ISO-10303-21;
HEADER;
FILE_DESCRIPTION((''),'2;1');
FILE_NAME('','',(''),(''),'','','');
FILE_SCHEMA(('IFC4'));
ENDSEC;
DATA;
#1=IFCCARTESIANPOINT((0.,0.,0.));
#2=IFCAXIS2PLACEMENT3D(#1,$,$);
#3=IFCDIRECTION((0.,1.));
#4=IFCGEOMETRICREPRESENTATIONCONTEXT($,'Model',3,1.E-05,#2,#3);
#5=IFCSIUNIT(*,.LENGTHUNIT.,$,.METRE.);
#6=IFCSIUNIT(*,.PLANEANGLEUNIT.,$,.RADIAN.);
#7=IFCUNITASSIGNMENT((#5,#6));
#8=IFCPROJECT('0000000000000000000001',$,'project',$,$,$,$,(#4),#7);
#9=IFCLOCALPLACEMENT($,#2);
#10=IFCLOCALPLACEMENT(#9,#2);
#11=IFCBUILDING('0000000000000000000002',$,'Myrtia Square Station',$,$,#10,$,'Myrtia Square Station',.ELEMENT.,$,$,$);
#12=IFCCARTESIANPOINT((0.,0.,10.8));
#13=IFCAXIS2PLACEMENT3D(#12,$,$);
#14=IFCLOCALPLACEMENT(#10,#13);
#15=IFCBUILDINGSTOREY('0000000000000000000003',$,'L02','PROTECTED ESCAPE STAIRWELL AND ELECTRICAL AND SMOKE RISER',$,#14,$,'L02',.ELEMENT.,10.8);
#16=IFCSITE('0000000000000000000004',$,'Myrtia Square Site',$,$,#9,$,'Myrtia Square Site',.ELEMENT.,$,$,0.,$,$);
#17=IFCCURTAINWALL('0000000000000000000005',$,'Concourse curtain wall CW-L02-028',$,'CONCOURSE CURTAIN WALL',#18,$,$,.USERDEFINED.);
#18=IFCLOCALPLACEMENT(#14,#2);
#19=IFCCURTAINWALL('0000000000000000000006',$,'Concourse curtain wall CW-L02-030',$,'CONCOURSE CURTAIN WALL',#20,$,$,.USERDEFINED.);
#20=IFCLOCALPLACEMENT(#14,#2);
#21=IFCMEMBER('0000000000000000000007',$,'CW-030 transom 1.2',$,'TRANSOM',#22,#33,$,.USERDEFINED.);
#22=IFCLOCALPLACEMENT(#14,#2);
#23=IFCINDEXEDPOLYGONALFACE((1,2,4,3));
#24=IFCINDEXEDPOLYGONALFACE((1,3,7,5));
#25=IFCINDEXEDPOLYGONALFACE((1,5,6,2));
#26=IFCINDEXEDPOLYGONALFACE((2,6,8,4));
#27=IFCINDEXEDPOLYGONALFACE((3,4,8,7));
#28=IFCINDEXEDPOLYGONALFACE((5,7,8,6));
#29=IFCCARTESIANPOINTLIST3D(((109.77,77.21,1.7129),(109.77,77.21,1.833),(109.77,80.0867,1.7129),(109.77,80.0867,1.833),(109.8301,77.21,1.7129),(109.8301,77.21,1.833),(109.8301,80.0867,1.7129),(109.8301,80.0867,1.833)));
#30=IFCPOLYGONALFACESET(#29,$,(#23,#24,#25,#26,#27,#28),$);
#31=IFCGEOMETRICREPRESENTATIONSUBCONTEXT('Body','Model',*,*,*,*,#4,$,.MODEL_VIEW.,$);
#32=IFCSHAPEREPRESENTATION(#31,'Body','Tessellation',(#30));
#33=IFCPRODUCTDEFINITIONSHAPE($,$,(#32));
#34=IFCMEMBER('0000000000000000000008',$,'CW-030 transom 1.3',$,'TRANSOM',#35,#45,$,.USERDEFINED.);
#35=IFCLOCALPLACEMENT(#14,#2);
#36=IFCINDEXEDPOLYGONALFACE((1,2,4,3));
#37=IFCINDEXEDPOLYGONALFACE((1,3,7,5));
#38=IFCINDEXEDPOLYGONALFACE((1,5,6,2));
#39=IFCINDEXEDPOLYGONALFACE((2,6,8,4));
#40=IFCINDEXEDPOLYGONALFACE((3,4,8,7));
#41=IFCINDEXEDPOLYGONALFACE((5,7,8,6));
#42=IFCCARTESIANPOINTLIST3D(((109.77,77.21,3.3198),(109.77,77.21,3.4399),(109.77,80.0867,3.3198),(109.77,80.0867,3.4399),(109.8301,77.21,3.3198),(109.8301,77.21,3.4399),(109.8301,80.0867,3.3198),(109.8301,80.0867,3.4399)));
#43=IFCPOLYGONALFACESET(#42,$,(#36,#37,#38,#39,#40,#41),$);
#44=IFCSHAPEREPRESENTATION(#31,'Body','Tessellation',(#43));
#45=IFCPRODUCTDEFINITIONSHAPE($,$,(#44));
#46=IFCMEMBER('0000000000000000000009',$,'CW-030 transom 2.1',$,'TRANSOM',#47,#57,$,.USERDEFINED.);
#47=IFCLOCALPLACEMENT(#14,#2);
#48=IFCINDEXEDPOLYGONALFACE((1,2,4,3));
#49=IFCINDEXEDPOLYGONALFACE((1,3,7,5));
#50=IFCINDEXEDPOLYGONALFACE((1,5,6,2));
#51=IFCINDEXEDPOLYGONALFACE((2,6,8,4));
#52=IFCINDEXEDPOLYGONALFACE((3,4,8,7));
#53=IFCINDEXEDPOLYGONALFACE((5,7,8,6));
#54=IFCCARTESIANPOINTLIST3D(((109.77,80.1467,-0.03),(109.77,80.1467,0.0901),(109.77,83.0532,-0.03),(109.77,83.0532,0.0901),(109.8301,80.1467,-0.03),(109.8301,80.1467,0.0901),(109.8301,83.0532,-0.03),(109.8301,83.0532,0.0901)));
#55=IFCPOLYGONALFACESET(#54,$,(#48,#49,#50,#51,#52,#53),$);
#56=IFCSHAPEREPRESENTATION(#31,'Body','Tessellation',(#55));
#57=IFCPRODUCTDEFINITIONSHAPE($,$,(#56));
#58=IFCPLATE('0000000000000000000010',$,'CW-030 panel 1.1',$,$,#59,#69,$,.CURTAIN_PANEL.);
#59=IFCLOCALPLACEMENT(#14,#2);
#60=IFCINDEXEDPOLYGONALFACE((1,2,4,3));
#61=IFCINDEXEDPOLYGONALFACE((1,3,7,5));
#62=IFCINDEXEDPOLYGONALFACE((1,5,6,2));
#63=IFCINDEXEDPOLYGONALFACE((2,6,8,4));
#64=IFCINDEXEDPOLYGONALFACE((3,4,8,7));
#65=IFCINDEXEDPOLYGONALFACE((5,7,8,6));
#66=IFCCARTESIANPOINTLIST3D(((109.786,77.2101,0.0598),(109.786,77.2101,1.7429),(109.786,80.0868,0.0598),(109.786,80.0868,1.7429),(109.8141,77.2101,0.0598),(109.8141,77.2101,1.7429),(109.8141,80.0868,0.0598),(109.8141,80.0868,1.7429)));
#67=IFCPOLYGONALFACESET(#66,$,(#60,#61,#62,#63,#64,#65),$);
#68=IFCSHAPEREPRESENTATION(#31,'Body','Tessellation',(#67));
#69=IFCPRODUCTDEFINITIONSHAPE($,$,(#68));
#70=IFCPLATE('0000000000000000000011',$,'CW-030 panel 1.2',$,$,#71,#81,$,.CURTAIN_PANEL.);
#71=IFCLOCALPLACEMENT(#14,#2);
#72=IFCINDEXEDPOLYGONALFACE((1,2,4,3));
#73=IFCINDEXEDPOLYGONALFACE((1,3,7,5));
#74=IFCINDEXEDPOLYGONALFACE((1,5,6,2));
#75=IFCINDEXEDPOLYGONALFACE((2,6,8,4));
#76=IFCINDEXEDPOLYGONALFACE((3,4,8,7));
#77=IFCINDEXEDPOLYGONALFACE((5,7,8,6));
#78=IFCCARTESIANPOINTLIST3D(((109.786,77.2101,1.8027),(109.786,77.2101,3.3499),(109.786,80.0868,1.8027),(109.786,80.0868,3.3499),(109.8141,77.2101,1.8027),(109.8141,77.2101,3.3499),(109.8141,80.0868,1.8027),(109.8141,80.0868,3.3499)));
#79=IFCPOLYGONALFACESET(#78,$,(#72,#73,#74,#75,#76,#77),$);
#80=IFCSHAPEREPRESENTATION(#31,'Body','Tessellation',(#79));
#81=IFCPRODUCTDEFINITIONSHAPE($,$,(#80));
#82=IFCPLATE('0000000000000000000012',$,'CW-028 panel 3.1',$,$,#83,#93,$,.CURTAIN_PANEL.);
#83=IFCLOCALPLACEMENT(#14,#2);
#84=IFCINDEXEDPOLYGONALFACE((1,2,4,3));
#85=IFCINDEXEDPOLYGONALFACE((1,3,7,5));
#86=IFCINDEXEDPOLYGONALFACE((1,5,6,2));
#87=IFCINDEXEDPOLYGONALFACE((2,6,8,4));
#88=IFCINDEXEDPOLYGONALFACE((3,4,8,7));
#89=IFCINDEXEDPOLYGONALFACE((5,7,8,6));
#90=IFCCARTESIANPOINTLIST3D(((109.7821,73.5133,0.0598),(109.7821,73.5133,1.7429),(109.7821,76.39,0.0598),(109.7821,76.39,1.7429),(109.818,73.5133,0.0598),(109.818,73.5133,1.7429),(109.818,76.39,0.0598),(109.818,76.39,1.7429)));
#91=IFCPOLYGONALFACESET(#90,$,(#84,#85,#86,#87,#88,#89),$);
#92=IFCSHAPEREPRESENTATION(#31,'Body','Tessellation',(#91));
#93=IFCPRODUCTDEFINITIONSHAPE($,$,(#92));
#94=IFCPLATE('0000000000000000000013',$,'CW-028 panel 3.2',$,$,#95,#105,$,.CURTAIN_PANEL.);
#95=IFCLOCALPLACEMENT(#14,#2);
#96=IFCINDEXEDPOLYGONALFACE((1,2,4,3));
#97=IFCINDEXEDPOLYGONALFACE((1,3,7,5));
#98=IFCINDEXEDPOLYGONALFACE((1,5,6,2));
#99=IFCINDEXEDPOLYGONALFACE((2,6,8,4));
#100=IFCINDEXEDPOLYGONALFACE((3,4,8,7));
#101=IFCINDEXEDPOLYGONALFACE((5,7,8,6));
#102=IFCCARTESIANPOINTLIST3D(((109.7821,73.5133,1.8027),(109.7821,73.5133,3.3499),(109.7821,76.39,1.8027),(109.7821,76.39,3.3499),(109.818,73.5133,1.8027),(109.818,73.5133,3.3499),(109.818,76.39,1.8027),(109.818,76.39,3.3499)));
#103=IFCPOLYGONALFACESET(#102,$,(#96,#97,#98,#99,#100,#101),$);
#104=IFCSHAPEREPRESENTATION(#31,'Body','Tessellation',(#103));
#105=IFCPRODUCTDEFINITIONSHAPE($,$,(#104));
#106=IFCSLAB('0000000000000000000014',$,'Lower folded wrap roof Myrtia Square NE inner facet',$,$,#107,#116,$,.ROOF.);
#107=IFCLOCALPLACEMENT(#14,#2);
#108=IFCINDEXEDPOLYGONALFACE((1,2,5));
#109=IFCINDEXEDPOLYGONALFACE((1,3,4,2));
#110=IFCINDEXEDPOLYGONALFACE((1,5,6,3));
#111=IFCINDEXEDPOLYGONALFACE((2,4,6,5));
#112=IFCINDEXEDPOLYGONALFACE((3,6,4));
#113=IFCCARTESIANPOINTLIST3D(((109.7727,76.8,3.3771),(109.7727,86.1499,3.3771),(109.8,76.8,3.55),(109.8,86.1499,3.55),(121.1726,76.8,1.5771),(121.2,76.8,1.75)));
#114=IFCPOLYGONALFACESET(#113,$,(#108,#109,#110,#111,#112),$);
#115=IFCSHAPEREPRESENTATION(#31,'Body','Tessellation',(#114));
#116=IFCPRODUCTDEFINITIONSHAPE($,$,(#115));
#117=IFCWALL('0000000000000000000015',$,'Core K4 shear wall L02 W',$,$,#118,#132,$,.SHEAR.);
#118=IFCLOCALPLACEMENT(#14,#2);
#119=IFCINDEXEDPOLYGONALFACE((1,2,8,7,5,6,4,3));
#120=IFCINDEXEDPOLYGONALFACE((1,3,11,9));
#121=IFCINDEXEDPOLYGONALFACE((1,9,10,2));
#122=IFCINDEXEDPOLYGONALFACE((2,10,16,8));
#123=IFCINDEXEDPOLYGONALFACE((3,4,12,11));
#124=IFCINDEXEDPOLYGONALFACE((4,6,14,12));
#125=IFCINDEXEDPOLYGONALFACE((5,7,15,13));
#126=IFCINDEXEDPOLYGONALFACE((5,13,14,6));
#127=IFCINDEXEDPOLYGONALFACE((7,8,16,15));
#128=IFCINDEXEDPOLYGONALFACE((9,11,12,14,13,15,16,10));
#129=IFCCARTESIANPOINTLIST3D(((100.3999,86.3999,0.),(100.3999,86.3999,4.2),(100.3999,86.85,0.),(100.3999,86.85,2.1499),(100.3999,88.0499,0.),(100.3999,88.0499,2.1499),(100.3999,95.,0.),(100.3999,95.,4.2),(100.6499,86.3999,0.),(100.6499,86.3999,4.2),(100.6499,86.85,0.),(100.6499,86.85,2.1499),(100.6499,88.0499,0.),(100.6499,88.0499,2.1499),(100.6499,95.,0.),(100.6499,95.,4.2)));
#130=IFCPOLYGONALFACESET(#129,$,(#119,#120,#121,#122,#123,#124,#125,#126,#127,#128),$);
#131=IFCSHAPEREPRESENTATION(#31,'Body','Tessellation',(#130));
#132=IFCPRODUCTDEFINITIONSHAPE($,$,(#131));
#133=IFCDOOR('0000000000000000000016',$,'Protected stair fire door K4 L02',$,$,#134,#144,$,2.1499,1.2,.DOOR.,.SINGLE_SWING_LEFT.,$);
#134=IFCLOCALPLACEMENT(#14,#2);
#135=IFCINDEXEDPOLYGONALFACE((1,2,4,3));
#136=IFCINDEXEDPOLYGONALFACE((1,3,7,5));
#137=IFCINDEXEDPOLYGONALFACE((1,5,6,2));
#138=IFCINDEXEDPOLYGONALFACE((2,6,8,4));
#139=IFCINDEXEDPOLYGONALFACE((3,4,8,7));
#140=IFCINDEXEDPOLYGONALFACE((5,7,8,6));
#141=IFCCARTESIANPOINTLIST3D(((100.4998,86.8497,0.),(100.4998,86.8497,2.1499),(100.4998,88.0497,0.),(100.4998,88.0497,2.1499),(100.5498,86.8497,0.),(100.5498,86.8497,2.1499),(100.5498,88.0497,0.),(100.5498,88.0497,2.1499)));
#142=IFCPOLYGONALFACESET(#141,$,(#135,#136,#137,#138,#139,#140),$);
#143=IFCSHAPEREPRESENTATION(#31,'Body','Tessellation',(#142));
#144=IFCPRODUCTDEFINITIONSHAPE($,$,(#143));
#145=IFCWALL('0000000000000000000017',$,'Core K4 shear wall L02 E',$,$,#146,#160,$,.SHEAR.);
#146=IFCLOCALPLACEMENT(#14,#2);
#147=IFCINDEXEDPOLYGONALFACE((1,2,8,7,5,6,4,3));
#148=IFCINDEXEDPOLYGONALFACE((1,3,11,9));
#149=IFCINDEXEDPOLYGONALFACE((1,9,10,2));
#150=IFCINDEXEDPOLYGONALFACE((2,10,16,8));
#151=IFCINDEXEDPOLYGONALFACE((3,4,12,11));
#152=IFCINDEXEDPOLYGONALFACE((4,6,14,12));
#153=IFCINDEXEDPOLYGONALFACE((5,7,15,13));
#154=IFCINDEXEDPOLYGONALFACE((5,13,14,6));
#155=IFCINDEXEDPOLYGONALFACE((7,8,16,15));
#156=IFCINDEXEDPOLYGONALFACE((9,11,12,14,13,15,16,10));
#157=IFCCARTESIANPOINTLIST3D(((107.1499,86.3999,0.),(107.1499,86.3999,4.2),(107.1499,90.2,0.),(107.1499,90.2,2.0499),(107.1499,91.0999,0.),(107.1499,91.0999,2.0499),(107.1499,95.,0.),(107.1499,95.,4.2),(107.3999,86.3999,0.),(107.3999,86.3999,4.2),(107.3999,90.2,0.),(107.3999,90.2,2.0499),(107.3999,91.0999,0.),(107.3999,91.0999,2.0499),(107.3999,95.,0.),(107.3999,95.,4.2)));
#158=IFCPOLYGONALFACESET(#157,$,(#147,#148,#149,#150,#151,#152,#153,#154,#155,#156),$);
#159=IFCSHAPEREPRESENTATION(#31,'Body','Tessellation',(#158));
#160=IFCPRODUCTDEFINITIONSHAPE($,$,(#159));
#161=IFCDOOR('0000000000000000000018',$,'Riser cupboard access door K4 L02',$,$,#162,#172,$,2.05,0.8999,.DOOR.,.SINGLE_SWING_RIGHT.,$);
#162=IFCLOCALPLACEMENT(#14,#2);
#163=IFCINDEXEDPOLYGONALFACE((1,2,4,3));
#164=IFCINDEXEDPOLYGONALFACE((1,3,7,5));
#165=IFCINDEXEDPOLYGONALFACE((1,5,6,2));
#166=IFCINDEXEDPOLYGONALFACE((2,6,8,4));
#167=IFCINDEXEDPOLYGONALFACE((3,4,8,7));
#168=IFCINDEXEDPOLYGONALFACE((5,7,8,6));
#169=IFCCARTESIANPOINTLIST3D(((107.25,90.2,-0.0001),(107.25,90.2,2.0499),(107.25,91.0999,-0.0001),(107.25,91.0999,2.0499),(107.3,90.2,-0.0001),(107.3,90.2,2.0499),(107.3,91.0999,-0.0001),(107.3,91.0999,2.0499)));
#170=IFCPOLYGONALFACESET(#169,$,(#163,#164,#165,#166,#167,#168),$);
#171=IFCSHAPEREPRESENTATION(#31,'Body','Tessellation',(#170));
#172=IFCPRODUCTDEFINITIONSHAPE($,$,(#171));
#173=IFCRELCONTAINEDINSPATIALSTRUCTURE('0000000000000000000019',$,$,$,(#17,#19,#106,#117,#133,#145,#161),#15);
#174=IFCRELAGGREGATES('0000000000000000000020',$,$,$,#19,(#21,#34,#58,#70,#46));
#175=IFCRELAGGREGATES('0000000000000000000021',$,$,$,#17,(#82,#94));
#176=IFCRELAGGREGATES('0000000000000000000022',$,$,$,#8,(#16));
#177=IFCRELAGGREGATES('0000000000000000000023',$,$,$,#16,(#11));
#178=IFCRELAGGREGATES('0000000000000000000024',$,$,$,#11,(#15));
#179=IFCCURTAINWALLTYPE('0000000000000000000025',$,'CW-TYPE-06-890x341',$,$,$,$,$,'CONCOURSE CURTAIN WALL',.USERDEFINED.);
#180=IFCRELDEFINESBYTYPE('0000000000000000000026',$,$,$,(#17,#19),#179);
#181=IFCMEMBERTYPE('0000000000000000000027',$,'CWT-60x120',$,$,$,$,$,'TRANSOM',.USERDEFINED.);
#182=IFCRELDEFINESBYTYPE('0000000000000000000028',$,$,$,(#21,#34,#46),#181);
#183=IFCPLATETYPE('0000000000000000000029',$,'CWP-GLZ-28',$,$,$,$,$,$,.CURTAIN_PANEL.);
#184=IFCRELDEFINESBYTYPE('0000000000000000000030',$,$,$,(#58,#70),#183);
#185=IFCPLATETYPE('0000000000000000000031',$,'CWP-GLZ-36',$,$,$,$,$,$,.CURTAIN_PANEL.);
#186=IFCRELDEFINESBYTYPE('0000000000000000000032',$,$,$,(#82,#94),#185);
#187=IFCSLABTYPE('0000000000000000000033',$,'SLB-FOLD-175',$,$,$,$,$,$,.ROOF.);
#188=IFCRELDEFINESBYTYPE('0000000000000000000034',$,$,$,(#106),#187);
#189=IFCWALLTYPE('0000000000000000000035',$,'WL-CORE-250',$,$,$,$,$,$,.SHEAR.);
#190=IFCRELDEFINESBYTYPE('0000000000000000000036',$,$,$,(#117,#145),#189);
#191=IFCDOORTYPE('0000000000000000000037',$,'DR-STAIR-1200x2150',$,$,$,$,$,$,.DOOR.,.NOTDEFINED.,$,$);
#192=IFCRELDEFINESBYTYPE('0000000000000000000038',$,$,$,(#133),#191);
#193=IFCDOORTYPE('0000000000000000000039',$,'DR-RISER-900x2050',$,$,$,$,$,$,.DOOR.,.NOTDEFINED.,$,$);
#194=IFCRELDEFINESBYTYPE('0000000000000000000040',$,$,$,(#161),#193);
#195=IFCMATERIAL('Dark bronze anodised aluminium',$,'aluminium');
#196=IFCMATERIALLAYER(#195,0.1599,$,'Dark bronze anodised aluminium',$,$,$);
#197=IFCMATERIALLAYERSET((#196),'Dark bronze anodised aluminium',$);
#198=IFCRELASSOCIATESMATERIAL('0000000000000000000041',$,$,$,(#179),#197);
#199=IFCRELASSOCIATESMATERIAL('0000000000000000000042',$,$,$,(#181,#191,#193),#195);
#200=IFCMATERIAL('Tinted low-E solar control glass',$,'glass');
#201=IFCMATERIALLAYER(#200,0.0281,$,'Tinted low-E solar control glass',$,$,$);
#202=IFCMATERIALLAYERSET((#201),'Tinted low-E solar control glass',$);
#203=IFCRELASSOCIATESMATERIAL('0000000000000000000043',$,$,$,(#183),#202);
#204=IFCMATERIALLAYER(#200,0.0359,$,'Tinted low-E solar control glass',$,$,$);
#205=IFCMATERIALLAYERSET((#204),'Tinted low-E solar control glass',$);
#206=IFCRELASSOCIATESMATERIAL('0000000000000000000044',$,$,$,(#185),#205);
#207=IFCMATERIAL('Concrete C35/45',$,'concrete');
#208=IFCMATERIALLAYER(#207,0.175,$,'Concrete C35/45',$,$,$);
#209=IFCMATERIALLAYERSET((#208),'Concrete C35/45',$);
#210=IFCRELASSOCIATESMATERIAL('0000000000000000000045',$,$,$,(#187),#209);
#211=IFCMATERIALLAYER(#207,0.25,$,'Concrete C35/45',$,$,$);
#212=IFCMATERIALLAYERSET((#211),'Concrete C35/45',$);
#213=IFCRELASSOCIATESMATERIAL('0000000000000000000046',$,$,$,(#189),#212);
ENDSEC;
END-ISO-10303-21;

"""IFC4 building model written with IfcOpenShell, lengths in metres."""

from ifc_helpers import new_model, si_unit, direction, frame, frame_2d, origin, origin_2d, place, context, subcontext, project, spatial, polyline, rectangle, outline, extrude, material, layer, layer_set, material_profile, profile_set, type_object, element, fill, aggregate, save


model = new_model("IFC4")

# Units and contexts
model_context = context("Model", 3, precision=1e-05, world=origin(), true_north=direction((0.0, 1.0)))
body_context = subcontext(model_context, "Body", "Model", "MODEL_VIEW")
ifc_project = project(units=[si_unit("LENGTHUNIT", "METRE"), si_unit("PLANEANGLEUNIT", "RADIAN")], contexts=[model_context])

# Site, building, storey
site_placement = place(None, origin())
site = spatial("IfcSite", under=ifc_project, at=site_placement, Name="Myrtia Square Site", LongName="Myrtia Square Site", CompositionType="ELEMENT", RefElevation=0.0)
building_placement = place(site_placement, origin())
building = spatial("IfcBuilding", under=site, at=building_placement, Name="Myrtia Square Station", LongName="Myrtia Square Station", CompositionType="ELEMENT")
storey_placement = place(building_placement, frame((0.0, 0.0, 10.8)))
storey = spatial("IfcBuildingStorey", under=building, at=storey_placement, Name="L02", Description="PROTECTED ESCAPE STAIRWELL AND ELECTRICAL AND SMOKE RISER", LongName="L02", CompositionType="ELEMENT", Elevation=10.8)

# Curtain wall
ifc_material_1 = material(Name="Dark bronze anodised aluminium", Category="aluminium")
ifc_layer_1 = layer(ifc_material_1, 0.1599, Name="Dark bronze anodised aluminium")
ifc_layer_set_1 = layer_set([ifc_layer_1], Name="Dark bronze anodised aluminium")
curtain_wall_type = type_object("IfcCurtainWallType", Name="CW-TYPE-06-890x341", ElementType="CONCOURSE CURTAIN WALL", PredefinedType="USERDEFINED", material=ifc_layer_set_1)
curtain_wall_1_placement = place(storey_placement, origin())
curtain_wall_1 = element("IfcCurtainWall", 1, at=curtain_wall_1_placement, inside=storey, type_object=curtain_wall_type, Name="Concourse curtain wall CW-L02-028", ObjectType="CONCOURSE CURTAIN WALL", PredefinedType="USERDEFINED")

# Curtain wall
curtain_wall_2_placement = place(storey_placement, origin())
curtain_wall_2 = element("IfcCurtainWall", 2, at=curtain_wall_2_placement, inside=storey, type_object=curtain_wall_type, Name="Concourse curtain wall CW-L02-030", ObjectType="CONCOURSE CURTAIN WALL", PredefinedType="USERDEFINED")

# Members
ifc_material_profile_1 = material_profile(ifc_material_1, rectangle(XDim=0.0601, YDim=0.1201, at=origin_2d()), Name="ALU-T 60x120")
ifc_profile_set_1 = profile_set([ifc_material_profile_1], Name="Dark bronze anodised aluminium")
member_type_1 = type_object("IfcMemberType", Name="CWT-60x120", ElementType="TRANSOM", PredefinedType="USERDEFINED", material=ifc_profile_set_1)
member_1_placement = place(storey_placement, frame((109.8, 77.21, 1.7729), z_axis=(0.0, 1.0, 0.0), x_axis=(-1.0, 0.0, 0.0)))
member_1 = element("IfcMember", 3, at=member_1_placement, type_object=member_type_1, Name="CW-030 transom 1.2", ObjectType="TRANSOM", PredefinedType="USERDEFINED", context=body_context, shape_type="SweptSolid", body=[
    extrude(rectangle(XDim=0.0601, YDim=0.1201, at=origin_2d()), origin(), (0.0, 0.0, 1.0), 2.8767),
])
member_2_placement = place(storey_placement, frame((109.8, 77.21, 3.3799), z_axis=(0.0, 1.0, 0.0), x_axis=(-1.0, 0.0, 0.0)))
member_2 = element("IfcMember", 4, at=member_2_placement, type_object=member_type_1, Name="CW-030 transom 1.3", ObjectType="TRANSOM", PredefinedType="USERDEFINED", context=body_context, shape_type="SweptSolid", body=[
    extrude(rectangle(XDim=0.0601, YDim=0.1201, at=origin_2d()), origin(), (0.0, 0.0, 1.0), 2.8767),
])
member_3_placement = place(storey_placement, frame((109.8, 80.1467, 0.03), z_axis=(0.0, 1.0, 0.0), x_axis=(-1.0, 0.0, 0.0)))
member_3 = element("IfcMember", 5, at=member_3_placement, type_object=member_type_1, Name="CW-030 transom 2.1", ObjectType="TRANSOM", PredefinedType="USERDEFINED", context=body_context, shape_type="SweptSolid", body=[
    extrude(rectangle(XDim=0.0601, YDim=0.1201, at=origin_2d()), origin(), (0.0, 0.0, 1.0), 2.9065),
])

# Plates
ifc_material_2 = material(Name="Tinted low-E solar control glass", Category="glass")
ifc_layer_2 = layer(ifc_material_2, 0.0281, Name="Tinted low-E solar control glass")
ifc_layer_set_2 = layer_set([ifc_layer_2], Name="Tinted low-E solar control glass")
plate_type_1 = type_object("IfcPlateType", Name="CWP-GLZ-28", PredefinedType="CURTAIN_PANEL", material=ifc_layer_set_2)
plate_1_placement = place(storey_placement, frame((109.8, 78.6484, 0.0598), z_axis=(0.0, 0.0, 1.0), x_axis=(0.0, 1.0, 0.0)))
plate_1 = element("IfcPlate", 6, at=plate_1_placement, type_object=plate_type_1, Name="CW-030 panel 1.1", PredefinedType="CURTAIN_PANEL", context=body_context, shape_type="SweptSolid", body=[
    extrude(rectangle(XDim=2.8767, YDim=0.0281, at=origin_2d()), origin(), (0.0, 0.0, 1.0), 1.6831),
])
plate_2_placement = place(storey_placement, frame((109.8, 78.6484, 1.8027), z_axis=(0.0, 0.0, 1.0), x_axis=(0.0, 1.0, 0.0)))
plate_2 = element("IfcPlate", 7, at=plate_2_placement, type_object=plate_type_1, Name="CW-030 panel 1.2", PredefinedType="CURTAIN_PANEL", context=body_context, shape_type="SweptSolid", body=[
    extrude(rectangle(XDim=2.8767, YDim=0.0281, at=origin_2d()), origin(), (0.0, 0.0, 1.0), 1.5471),
])
aggregate(curtain_wall_2, [member_1, member_2, plate_1, plate_2, member_3])
ifc_layer_3 = layer(ifc_material_2, 0.0359, Name="Tinted low-E solar control glass")
ifc_layer_set_3 = layer_set([ifc_layer_3], Name="Tinted low-E solar control glass")
plate_type_2 = type_object("IfcPlateType", Name="CWP-GLZ-36", PredefinedType="CURTAIN_PANEL", material=ifc_layer_set_3)
plate_3_placement = place(storey_placement, frame((109.8, 74.9517, 0.0598), z_axis=(0.0, 0.0, 1.0), x_axis=(0.0, 1.0, 0.0)))
plate_3 = element("IfcPlate", 8, at=plate_3_placement, type_object=plate_type_2, Name="CW-028 panel 3.1", PredefinedType="CURTAIN_PANEL", context=body_context, shape_type="SweptSolid", body=[
    extrude(rectangle(XDim=2.8767, YDim=0.0359, at=origin_2d()), origin(), (0.0, 0.0, 1.0), 1.6831),
])
plate_4_placement = place(storey_placement, frame((109.8, 74.9517, 1.8027), z_axis=(0.0, 0.0, 1.0), x_axis=(0.0, 1.0, 0.0)))
plate_4 = element("IfcPlate", 9, at=plate_4_placement, type_object=plate_type_2, Name="CW-028 panel 3.2", PredefinedType="CURTAIN_PANEL", context=body_context, shape_type="SweptSolid", body=[
    extrude(rectangle(XDim=2.8767, YDim=0.0359, at=origin_2d()), origin(), (0.0, 0.0, 1.0), 1.5471),
])
aggregate(curtain_wall_1, [plate_3, plate_4])

# Slab
ifc_material_3 = material(Name="Concrete C35/45", Category="concrete")
ifc_layer_4 = layer(ifc_material_3, 0.175, Name="Concrete C35/45")
ifc_layer_set_4 = layer_set([ifc_layer_4], Name="Concrete C35/45")
slab_type = type_object("IfcSlabType", Name="SLB-FOLD-175", PredefinedType="ROOF", material=ifc_layer_set_4)
slab_placement = place(storey_placement, frame((109.8, 76.8, 3.55), z_axis=(0.155968, 0.0, 0.987762), x_axis=(0.987762, 0.0, -0.155968)))
element("IfcSlab", 10, at=slab_placement, inside=storey, type_object=slab_type, Name="Lower folded wrap roof Myrtia Square NE inner facet", PredefinedType="ROOF", context=body_context, shape_type="SweptSolid", body=[
    extrude(outline(polyline([(0.0, 0.0), (11.5411, 0.0), (0.0, 9.3499), (0.0, 0.0)])), origin(), (0.0, 0.0, -1.0), 0.175),
])

# Walls, openings, doors
ifc_layer_5 = layer(ifc_material_3, 0.25, Name="Concrete C35/45")
ifc_layer_set_5 = layer_set([ifc_layer_5], Name="Concrete C35/45")
wall_type_1 = type_object("IfcWallType", Name="WL-CORE-250", PredefinedType="SHEAR", material=ifc_layer_set_5)
wall_1_placement = place(storey_placement, frame((100.5249, 86.3999, 0.0), z_axis=(0.0, 0.0, 1.0), x_axis=(0.0, 1.0, 0.0)))
wall_1 = element("IfcWall", 11, at=wall_1_placement, inside=storey, type_object=wall_type_1, Name="Core K4 shear wall L02 W", PredefinedType="SHEAR", context=body_context, shape_type="SweptSolid", body=[
    extrude(rectangle(XDim=8.6001, YDim=0.25, at=frame_2d((4.3, 0.0))), origin(), (0.0, 0.0, 1.0), 4.2),
])
opening_1_placement = place(wall_1_placement, frame((0.45, 0.0, 0.0)))
opening_1 = element("IfcOpeningElement", 12, at=opening_1_placement, cuts=wall_1, PredefinedType="OPENING", context=body_context, shape_type="SweptSolid", body=[
    extrude(rectangle(XDim=1.2, YDim=2.1499, at=frame_2d((0.6001, 1.075))), frame((0.0, 0.1399, 0.0), z_axis=(0.0, -1.0, 0.0), x_axis=(1.0, 0.0, 0.0)), (0.0, 0.0, 1.0), 0.28),
])
door_type_1 = type_object("IfcDoorType", Name="DR-STAIR-1200x2150", OperationType="NOTDEFINED", PredefinedType="DOOR", material=ifc_material_1)
door_1_placement = place(opening_1_placement, frame((1.2, 0.0, 0.0), z_axis=(0.0, 0.0, 1.0), x_axis=(-1.0, 0.0, 0.0)))
door_1 = element("IfcDoor", 13, at=door_1_placement, inside=storey, type_object=door_type_1, Name="Protected stair fire door K4 L02", OperationType="SINGLE_SWING_LEFT", OverallHeight=2.1499, OverallWidth=1.2, PredefinedType="DOOR", context=body_context, shape_type="SweptSolid", body=[
    extrude(rectangle(XDim=1.2, YDim=2.1499, at=frame_2d((0.6001, 1.075))), frame((0.0, 0.0249, 0.0), z_axis=(0.0, -1.0, 0.0), x_axis=(1.0, 0.0, 0.0)), (0.0, 0.0, 1.0), 0.05),
])
fill(opening_1, door_1)
wall_2_placement = place(storey_placement, frame((107.2749, 86.3999, 0.0), z_axis=(0.0, 0.0, 1.0), x_axis=(0.0, 1.0, 0.0)))
wall_2 = element("IfcWall", 14, at=wall_2_placement, inside=storey, type_object=wall_type_1, Name="Core K4 shear wall L02 E", PredefinedType="SHEAR", context=body_context, shape_type="SweptSolid", body=[
    extrude(rectangle(XDim=8.6001, YDim=0.25, at=frame_2d((4.3, 0.0))), origin(), (0.0, 0.0, 1.0), 4.2),
])
opening_2_placement = place(wall_2_placement, frame((3.8, 0.0, 0.0)))
opening_2 = element("IfcOpeningElement", 15, at=opening_2_placement, cuts=wall_2, PredefinedType="OPENING", context=body_context, shape_type="SweptSolid", body=[
    extrude(rectangle(XDim=0.8999, YDim=2.05, at=frame_2d((0.45, 1.0249))), frame((0.0, 0.1399, 0.0), z_axis=(0.0, -1.0, 0.0), x_axis=(1.0, 0.0, 0.0)), (0.0, 0.0, 1.0), 0.28),
])
door_type_2 = type_object("IfcDoorType", Name="DR-RISER-900x2050", OperationType="NOTDEFINED", PredefinedType="DOOR", material=ifc_material_1)
door_2_placement = place(opening_2_placement, origin())
door_2 = element("IfcDoor", 16, at=door_2_placement, inside=storey, type_object=door_type_2, Name="Riser cupboard access door K4 L02", OperationType="SINGLE_SWING_RIGHT", OverallHeight=2.05, OverallWidth=0.8999, PredefinedType="DOOR", context=body_context, shape_type="SweptSolid", body=[
    extrude(rectangle(XDim=0.8999, YDim=2.05, at=frame_2d((0.45, 1.0249))), frame((0.0, 0.0249, 0.0), z_axis=(0.0, -1.0, 0.0), x_axis=(1.0, 0.0, 0.0)), (0.0, 0.0, 1.0), 0.05),
])
fill(opening_2, door_2)

save(model, "model.ifc")
